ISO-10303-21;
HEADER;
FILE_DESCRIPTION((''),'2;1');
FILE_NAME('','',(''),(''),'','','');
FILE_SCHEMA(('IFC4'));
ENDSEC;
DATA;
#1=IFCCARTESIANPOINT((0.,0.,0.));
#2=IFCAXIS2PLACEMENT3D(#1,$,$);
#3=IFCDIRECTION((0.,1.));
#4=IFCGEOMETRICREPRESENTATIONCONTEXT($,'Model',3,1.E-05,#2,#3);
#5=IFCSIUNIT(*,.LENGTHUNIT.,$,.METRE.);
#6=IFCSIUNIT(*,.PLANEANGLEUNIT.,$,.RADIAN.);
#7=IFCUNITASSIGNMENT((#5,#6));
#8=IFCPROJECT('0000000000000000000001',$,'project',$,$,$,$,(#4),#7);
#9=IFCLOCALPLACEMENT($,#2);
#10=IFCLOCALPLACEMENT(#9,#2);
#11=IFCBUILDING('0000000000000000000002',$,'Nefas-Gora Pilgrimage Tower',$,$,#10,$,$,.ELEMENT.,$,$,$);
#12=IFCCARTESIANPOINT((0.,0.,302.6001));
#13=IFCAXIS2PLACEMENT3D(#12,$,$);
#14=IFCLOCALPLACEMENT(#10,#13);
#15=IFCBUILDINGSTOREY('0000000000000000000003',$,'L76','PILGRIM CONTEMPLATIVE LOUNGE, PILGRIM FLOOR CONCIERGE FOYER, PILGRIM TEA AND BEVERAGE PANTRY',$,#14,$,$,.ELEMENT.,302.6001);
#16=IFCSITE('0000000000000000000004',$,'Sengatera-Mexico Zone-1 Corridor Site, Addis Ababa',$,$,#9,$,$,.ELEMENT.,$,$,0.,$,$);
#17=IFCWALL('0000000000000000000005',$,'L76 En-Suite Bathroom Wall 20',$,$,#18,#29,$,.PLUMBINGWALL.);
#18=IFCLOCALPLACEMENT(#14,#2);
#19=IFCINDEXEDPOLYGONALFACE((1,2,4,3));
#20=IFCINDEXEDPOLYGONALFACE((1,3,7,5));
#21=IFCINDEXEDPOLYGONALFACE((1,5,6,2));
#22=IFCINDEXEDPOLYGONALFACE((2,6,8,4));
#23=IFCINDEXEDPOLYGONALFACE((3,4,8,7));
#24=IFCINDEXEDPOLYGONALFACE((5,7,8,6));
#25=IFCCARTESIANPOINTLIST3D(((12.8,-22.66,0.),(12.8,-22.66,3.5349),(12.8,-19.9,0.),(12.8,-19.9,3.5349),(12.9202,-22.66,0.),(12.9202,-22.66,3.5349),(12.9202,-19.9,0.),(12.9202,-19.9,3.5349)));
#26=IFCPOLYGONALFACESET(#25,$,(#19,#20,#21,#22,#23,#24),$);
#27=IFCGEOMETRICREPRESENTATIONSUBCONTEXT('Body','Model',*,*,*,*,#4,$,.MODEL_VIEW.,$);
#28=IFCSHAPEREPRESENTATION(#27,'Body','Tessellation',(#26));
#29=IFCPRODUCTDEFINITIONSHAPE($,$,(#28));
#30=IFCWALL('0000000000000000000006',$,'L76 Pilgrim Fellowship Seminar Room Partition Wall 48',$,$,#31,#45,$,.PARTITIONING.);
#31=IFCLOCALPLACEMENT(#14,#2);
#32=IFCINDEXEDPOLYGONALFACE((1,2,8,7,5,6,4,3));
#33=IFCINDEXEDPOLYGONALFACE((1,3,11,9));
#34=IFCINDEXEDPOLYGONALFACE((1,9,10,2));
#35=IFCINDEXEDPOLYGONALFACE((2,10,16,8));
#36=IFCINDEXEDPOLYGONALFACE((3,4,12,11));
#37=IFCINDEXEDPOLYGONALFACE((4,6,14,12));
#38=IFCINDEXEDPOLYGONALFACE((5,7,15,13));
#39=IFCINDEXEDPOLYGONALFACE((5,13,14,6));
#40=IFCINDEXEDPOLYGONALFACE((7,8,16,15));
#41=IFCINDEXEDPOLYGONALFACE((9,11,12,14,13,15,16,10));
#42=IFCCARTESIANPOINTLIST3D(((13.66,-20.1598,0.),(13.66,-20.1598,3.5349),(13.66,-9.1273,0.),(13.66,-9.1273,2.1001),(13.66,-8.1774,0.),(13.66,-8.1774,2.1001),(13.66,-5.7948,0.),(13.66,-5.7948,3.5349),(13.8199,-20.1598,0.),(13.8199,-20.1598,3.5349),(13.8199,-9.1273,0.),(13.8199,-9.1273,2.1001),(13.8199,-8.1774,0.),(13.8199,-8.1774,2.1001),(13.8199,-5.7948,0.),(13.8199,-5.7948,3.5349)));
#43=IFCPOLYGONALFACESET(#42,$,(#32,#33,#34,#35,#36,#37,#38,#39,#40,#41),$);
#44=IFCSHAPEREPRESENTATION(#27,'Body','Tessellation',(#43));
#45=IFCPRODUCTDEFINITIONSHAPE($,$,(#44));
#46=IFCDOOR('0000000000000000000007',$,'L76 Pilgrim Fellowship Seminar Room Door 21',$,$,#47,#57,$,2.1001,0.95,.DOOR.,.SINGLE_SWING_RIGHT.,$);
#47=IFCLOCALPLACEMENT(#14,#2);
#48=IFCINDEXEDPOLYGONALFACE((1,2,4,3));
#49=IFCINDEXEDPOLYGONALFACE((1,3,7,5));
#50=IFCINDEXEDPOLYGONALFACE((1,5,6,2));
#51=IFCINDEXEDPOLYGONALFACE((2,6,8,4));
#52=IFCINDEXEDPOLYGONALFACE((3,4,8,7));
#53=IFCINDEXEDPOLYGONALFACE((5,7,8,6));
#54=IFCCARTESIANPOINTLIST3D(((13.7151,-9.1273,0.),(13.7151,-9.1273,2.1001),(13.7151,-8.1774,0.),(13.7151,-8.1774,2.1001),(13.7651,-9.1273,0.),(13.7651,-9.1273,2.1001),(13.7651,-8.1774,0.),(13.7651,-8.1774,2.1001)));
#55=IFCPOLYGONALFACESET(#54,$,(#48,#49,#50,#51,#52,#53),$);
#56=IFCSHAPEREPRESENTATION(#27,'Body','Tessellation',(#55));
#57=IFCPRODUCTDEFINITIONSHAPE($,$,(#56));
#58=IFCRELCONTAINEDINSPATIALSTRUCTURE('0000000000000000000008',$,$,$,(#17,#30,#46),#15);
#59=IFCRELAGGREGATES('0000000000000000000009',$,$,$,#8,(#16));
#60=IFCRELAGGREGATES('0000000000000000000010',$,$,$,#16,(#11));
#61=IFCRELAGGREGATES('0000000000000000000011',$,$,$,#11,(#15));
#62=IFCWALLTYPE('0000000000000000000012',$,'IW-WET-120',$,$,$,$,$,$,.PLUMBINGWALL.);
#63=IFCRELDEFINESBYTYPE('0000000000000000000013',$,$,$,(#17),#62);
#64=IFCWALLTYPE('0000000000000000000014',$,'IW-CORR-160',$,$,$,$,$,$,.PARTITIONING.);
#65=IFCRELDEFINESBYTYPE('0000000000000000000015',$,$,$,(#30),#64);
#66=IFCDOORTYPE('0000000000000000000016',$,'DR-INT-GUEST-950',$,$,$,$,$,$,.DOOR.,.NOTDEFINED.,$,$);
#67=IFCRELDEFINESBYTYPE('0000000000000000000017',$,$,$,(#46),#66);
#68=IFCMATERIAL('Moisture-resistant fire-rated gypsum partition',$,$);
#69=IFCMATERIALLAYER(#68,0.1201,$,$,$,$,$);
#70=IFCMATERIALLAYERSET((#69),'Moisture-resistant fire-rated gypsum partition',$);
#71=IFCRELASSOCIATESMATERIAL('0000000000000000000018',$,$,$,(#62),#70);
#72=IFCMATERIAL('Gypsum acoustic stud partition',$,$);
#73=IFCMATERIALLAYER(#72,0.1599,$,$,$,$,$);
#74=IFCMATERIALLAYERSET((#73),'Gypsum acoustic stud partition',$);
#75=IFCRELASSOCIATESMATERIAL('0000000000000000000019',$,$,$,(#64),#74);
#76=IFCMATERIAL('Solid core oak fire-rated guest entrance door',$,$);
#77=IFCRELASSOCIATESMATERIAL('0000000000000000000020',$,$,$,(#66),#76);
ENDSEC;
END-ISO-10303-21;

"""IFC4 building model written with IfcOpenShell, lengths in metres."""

from ifc_helpers import new_model, si_unit, direction, frame, frame_2d, origin, place, context, subcontext, project, spatial, rectangle, extrude, source, transform, mapped, material, layer, layer_set, type_object, element, fill, save


model = new_model("IFC4")

# Units and contexts
model_context = context("Model", 3, precision=1e-05, world=origin(), true_north=direction((0.0, 1.0)))
body_context = subcontext(model_context, "Body", "Model", "MODEL_VIEW")
ifc_project = project(units=[si_unit("LENGTHUNIT", "METRE"), si_unit("PLANEANGLEUNIT", "RADIAN")], contexts=[model_context])

# Site, building, storey
site_placement = place(None, origin())
site = spatial("IfcSite", under=ifc_project, at=site_placement, Name="Sengatera-Mexico Zone-1 Corridor Site, Addis Ababa", CompositionType="ELEMENT", RefElevation=0.0)
building_placement = place(site_placement, origin())
building = spatial("IfcBuilding", under=site, at=building_placement, Name="Nefas-Gora Pilgrimage Tower", CompositionType="ELEMENT")
storey_placement = place(building_placement, frame((0.0, 0.0, 302.6001)))
storey = spatial("IfcBuildingStorey", under=building, at=storey_placement, Name="L76", Description="PILGRIM CONTEMPLATIVE LOUNGE, PILGRIM FLOOR CONCIERGE FOYER, PILGRIM TEA AND BEVERAGE PANTRY", CompositionType="ELEMENT", Elevation=302.6001)

# Wall
ifc_material_1 = material(Name="Moisture-resistant fire-rated gypsum partition")
ifc_layer_1 = layer(ifc_material_1, 0.1201)
ifc_layer_set_1 = layer_set([ifc_layer_1], Name="Moisture-resistant fire-rated gypsum partition")
wall_type_1 = type_object("IfcWallType", Name="IW-WET-120", PredefinedType="PLUMBINGWALL", material=ifc_layer_set_1)
shared_shape_1 = source(origin(), body_context, "Body", "SweptSolid", [
    extrude(rectangle(XDim=2.76, YDim=0.1201, at=frame_2d((1.3799, 0.0))), origin(), (0.0, 0.0, 1.0), 3.5349),
])
wall_1_placement = place(storey_placement, frame((12.8601, -22.6599, 0.0), z_axis=(0.0, 0.0, 1.0), x_axis=(0.0, 1.0, 0.0)))
element("IfcWall", 1, at=wall_1_placement, inside=storey, type_object=wall_type_1, Name="L76 En-Suite Bathroom Wall 20", PredefinedType="PLUMBINGWALL", context=body_context, shape_type="MappedRepresentation", body=[
    mapped(shared_shape_1, transform((0.0, 0.0, 0.0), x_axis=(1.0, 0.0, 0.0), y_axis=(0.0, 1.0, 0.0), z_axis=(0.0, 0.0, 1.0), scale=1.0)),
])

# Wall, opening, door
ifc_material_2 = material(Name="Gypsum acoustic stud partition")
ifc_layer_2 = layer(ifc_material_2, 0.1599)
ifc_layer_set_2 = layer_set([ifc_layer_2], Name="Gypsum acoustic stud partition")
wall_type_2 = type_object("IfcWallType", Name="IW-CORR-160", PredefinedType="PARTITIONING", material=ifc_layer_set_2)
shared_shape_2 = source(origin(), body_context, "Body", "SweptSolid", [
    extrude(rectangle(XDim=14.365, YDim=0.1599, at=frame_2d((7.1826, 0.0))), origin(), (0.0, 0.0, 1.0), 3.5349),
])
wall_2_placement = place(storey_placement, frame((13.74, -20.1599, 0.0), z_axis=(0.0, 0.0, 1.0), x_axis=(0.0, 1.0, 0.0)))
wall_2 = element("IfcWall", 2, at=wall_2_placement, inside=storey, type_object=wall_type_2, Name="L76 Pilgrim Fellowship Seminar Room Partition Wall 48", PredefinedType="PARTITIONING", context=body_context, shape_type="MappedRepresentation", body=[
    mapped(shared_shape_2, transform((0.0, 0.0, 0.0), x_axis=(1.0, 0.0, 0.0), y_axis=(0.0, 1.0, 0.0), z_axis=(0.0, 0.0, 1.0), scale=1.0)),
])
opening_1_placement = place(wall_2_placement, frame((11.0325, 0.0, 0.0)))
opening_1 = element("IfcOpeningElement", 3, at=opening_1_placement, cuts=wall_2, PredefinedType="OPENING", context=body_context, shape_type="SweptSolid", body=[
    extrude(rectangle(XDim=0.95, YDim=2.1001, at=frame_2d((0.4751, 1.05))), frame((0.0, 0.0898, 0.0), z_axis=(0.0, -1.0, 0.0), x_axis=(1.0, 0.0, 0.0)), (0.0, 0.0, 1.0), 0.1799),
])
ifc_material_3 = material(Name="Solid core oak fire-rated guest entrance door")
door_type = type_object("IfcDoorType", Name="DR-INT-GUEST-950", OperationType="NOTDEFINED", PredefinedType="DOOR", material=ifc_material_3)
shared_shape_3 = source(origin(), body_context, "Body", "SweptSolid", [
    extrude(rectangle(XDim=0.95, YDim=2.1001, at=frame_2d((0.4751, 1.05))), frame((0.0, 0.0249, 0.0), z_axis=(0.0, -1.0, 0.0), x_axis=(1.0, 0.0, 0.0)), (0.0, 0.0, 1.0), 0.05),
])
door_placement = place(opening_1_placement, origin())
door = element("IfcDoor", 4, at=door_placement, inside=storey, type_object=door_type, Name="L76 Pilgrim Fellowship Seminar Room Door 21", OperationType="SINGLE_SWING_RIGHT", OverallHeight=2.1001, OverallWidth=0.95, PredefinedType="DOOR", context=body_context, shape_type="MappedRepresentation", body=[
    mapped(shared_shape_3, transform((0.0, 0.0, 0.0), x_axis=(1.0, 0.0, 0.0), y_axis=(0.0, 1.0, 0.0), z_axis=(0.0, 0.0, 1.0), scale=1.0)),
])
fill(opening_1, door)

save(model, "model.ifc")
